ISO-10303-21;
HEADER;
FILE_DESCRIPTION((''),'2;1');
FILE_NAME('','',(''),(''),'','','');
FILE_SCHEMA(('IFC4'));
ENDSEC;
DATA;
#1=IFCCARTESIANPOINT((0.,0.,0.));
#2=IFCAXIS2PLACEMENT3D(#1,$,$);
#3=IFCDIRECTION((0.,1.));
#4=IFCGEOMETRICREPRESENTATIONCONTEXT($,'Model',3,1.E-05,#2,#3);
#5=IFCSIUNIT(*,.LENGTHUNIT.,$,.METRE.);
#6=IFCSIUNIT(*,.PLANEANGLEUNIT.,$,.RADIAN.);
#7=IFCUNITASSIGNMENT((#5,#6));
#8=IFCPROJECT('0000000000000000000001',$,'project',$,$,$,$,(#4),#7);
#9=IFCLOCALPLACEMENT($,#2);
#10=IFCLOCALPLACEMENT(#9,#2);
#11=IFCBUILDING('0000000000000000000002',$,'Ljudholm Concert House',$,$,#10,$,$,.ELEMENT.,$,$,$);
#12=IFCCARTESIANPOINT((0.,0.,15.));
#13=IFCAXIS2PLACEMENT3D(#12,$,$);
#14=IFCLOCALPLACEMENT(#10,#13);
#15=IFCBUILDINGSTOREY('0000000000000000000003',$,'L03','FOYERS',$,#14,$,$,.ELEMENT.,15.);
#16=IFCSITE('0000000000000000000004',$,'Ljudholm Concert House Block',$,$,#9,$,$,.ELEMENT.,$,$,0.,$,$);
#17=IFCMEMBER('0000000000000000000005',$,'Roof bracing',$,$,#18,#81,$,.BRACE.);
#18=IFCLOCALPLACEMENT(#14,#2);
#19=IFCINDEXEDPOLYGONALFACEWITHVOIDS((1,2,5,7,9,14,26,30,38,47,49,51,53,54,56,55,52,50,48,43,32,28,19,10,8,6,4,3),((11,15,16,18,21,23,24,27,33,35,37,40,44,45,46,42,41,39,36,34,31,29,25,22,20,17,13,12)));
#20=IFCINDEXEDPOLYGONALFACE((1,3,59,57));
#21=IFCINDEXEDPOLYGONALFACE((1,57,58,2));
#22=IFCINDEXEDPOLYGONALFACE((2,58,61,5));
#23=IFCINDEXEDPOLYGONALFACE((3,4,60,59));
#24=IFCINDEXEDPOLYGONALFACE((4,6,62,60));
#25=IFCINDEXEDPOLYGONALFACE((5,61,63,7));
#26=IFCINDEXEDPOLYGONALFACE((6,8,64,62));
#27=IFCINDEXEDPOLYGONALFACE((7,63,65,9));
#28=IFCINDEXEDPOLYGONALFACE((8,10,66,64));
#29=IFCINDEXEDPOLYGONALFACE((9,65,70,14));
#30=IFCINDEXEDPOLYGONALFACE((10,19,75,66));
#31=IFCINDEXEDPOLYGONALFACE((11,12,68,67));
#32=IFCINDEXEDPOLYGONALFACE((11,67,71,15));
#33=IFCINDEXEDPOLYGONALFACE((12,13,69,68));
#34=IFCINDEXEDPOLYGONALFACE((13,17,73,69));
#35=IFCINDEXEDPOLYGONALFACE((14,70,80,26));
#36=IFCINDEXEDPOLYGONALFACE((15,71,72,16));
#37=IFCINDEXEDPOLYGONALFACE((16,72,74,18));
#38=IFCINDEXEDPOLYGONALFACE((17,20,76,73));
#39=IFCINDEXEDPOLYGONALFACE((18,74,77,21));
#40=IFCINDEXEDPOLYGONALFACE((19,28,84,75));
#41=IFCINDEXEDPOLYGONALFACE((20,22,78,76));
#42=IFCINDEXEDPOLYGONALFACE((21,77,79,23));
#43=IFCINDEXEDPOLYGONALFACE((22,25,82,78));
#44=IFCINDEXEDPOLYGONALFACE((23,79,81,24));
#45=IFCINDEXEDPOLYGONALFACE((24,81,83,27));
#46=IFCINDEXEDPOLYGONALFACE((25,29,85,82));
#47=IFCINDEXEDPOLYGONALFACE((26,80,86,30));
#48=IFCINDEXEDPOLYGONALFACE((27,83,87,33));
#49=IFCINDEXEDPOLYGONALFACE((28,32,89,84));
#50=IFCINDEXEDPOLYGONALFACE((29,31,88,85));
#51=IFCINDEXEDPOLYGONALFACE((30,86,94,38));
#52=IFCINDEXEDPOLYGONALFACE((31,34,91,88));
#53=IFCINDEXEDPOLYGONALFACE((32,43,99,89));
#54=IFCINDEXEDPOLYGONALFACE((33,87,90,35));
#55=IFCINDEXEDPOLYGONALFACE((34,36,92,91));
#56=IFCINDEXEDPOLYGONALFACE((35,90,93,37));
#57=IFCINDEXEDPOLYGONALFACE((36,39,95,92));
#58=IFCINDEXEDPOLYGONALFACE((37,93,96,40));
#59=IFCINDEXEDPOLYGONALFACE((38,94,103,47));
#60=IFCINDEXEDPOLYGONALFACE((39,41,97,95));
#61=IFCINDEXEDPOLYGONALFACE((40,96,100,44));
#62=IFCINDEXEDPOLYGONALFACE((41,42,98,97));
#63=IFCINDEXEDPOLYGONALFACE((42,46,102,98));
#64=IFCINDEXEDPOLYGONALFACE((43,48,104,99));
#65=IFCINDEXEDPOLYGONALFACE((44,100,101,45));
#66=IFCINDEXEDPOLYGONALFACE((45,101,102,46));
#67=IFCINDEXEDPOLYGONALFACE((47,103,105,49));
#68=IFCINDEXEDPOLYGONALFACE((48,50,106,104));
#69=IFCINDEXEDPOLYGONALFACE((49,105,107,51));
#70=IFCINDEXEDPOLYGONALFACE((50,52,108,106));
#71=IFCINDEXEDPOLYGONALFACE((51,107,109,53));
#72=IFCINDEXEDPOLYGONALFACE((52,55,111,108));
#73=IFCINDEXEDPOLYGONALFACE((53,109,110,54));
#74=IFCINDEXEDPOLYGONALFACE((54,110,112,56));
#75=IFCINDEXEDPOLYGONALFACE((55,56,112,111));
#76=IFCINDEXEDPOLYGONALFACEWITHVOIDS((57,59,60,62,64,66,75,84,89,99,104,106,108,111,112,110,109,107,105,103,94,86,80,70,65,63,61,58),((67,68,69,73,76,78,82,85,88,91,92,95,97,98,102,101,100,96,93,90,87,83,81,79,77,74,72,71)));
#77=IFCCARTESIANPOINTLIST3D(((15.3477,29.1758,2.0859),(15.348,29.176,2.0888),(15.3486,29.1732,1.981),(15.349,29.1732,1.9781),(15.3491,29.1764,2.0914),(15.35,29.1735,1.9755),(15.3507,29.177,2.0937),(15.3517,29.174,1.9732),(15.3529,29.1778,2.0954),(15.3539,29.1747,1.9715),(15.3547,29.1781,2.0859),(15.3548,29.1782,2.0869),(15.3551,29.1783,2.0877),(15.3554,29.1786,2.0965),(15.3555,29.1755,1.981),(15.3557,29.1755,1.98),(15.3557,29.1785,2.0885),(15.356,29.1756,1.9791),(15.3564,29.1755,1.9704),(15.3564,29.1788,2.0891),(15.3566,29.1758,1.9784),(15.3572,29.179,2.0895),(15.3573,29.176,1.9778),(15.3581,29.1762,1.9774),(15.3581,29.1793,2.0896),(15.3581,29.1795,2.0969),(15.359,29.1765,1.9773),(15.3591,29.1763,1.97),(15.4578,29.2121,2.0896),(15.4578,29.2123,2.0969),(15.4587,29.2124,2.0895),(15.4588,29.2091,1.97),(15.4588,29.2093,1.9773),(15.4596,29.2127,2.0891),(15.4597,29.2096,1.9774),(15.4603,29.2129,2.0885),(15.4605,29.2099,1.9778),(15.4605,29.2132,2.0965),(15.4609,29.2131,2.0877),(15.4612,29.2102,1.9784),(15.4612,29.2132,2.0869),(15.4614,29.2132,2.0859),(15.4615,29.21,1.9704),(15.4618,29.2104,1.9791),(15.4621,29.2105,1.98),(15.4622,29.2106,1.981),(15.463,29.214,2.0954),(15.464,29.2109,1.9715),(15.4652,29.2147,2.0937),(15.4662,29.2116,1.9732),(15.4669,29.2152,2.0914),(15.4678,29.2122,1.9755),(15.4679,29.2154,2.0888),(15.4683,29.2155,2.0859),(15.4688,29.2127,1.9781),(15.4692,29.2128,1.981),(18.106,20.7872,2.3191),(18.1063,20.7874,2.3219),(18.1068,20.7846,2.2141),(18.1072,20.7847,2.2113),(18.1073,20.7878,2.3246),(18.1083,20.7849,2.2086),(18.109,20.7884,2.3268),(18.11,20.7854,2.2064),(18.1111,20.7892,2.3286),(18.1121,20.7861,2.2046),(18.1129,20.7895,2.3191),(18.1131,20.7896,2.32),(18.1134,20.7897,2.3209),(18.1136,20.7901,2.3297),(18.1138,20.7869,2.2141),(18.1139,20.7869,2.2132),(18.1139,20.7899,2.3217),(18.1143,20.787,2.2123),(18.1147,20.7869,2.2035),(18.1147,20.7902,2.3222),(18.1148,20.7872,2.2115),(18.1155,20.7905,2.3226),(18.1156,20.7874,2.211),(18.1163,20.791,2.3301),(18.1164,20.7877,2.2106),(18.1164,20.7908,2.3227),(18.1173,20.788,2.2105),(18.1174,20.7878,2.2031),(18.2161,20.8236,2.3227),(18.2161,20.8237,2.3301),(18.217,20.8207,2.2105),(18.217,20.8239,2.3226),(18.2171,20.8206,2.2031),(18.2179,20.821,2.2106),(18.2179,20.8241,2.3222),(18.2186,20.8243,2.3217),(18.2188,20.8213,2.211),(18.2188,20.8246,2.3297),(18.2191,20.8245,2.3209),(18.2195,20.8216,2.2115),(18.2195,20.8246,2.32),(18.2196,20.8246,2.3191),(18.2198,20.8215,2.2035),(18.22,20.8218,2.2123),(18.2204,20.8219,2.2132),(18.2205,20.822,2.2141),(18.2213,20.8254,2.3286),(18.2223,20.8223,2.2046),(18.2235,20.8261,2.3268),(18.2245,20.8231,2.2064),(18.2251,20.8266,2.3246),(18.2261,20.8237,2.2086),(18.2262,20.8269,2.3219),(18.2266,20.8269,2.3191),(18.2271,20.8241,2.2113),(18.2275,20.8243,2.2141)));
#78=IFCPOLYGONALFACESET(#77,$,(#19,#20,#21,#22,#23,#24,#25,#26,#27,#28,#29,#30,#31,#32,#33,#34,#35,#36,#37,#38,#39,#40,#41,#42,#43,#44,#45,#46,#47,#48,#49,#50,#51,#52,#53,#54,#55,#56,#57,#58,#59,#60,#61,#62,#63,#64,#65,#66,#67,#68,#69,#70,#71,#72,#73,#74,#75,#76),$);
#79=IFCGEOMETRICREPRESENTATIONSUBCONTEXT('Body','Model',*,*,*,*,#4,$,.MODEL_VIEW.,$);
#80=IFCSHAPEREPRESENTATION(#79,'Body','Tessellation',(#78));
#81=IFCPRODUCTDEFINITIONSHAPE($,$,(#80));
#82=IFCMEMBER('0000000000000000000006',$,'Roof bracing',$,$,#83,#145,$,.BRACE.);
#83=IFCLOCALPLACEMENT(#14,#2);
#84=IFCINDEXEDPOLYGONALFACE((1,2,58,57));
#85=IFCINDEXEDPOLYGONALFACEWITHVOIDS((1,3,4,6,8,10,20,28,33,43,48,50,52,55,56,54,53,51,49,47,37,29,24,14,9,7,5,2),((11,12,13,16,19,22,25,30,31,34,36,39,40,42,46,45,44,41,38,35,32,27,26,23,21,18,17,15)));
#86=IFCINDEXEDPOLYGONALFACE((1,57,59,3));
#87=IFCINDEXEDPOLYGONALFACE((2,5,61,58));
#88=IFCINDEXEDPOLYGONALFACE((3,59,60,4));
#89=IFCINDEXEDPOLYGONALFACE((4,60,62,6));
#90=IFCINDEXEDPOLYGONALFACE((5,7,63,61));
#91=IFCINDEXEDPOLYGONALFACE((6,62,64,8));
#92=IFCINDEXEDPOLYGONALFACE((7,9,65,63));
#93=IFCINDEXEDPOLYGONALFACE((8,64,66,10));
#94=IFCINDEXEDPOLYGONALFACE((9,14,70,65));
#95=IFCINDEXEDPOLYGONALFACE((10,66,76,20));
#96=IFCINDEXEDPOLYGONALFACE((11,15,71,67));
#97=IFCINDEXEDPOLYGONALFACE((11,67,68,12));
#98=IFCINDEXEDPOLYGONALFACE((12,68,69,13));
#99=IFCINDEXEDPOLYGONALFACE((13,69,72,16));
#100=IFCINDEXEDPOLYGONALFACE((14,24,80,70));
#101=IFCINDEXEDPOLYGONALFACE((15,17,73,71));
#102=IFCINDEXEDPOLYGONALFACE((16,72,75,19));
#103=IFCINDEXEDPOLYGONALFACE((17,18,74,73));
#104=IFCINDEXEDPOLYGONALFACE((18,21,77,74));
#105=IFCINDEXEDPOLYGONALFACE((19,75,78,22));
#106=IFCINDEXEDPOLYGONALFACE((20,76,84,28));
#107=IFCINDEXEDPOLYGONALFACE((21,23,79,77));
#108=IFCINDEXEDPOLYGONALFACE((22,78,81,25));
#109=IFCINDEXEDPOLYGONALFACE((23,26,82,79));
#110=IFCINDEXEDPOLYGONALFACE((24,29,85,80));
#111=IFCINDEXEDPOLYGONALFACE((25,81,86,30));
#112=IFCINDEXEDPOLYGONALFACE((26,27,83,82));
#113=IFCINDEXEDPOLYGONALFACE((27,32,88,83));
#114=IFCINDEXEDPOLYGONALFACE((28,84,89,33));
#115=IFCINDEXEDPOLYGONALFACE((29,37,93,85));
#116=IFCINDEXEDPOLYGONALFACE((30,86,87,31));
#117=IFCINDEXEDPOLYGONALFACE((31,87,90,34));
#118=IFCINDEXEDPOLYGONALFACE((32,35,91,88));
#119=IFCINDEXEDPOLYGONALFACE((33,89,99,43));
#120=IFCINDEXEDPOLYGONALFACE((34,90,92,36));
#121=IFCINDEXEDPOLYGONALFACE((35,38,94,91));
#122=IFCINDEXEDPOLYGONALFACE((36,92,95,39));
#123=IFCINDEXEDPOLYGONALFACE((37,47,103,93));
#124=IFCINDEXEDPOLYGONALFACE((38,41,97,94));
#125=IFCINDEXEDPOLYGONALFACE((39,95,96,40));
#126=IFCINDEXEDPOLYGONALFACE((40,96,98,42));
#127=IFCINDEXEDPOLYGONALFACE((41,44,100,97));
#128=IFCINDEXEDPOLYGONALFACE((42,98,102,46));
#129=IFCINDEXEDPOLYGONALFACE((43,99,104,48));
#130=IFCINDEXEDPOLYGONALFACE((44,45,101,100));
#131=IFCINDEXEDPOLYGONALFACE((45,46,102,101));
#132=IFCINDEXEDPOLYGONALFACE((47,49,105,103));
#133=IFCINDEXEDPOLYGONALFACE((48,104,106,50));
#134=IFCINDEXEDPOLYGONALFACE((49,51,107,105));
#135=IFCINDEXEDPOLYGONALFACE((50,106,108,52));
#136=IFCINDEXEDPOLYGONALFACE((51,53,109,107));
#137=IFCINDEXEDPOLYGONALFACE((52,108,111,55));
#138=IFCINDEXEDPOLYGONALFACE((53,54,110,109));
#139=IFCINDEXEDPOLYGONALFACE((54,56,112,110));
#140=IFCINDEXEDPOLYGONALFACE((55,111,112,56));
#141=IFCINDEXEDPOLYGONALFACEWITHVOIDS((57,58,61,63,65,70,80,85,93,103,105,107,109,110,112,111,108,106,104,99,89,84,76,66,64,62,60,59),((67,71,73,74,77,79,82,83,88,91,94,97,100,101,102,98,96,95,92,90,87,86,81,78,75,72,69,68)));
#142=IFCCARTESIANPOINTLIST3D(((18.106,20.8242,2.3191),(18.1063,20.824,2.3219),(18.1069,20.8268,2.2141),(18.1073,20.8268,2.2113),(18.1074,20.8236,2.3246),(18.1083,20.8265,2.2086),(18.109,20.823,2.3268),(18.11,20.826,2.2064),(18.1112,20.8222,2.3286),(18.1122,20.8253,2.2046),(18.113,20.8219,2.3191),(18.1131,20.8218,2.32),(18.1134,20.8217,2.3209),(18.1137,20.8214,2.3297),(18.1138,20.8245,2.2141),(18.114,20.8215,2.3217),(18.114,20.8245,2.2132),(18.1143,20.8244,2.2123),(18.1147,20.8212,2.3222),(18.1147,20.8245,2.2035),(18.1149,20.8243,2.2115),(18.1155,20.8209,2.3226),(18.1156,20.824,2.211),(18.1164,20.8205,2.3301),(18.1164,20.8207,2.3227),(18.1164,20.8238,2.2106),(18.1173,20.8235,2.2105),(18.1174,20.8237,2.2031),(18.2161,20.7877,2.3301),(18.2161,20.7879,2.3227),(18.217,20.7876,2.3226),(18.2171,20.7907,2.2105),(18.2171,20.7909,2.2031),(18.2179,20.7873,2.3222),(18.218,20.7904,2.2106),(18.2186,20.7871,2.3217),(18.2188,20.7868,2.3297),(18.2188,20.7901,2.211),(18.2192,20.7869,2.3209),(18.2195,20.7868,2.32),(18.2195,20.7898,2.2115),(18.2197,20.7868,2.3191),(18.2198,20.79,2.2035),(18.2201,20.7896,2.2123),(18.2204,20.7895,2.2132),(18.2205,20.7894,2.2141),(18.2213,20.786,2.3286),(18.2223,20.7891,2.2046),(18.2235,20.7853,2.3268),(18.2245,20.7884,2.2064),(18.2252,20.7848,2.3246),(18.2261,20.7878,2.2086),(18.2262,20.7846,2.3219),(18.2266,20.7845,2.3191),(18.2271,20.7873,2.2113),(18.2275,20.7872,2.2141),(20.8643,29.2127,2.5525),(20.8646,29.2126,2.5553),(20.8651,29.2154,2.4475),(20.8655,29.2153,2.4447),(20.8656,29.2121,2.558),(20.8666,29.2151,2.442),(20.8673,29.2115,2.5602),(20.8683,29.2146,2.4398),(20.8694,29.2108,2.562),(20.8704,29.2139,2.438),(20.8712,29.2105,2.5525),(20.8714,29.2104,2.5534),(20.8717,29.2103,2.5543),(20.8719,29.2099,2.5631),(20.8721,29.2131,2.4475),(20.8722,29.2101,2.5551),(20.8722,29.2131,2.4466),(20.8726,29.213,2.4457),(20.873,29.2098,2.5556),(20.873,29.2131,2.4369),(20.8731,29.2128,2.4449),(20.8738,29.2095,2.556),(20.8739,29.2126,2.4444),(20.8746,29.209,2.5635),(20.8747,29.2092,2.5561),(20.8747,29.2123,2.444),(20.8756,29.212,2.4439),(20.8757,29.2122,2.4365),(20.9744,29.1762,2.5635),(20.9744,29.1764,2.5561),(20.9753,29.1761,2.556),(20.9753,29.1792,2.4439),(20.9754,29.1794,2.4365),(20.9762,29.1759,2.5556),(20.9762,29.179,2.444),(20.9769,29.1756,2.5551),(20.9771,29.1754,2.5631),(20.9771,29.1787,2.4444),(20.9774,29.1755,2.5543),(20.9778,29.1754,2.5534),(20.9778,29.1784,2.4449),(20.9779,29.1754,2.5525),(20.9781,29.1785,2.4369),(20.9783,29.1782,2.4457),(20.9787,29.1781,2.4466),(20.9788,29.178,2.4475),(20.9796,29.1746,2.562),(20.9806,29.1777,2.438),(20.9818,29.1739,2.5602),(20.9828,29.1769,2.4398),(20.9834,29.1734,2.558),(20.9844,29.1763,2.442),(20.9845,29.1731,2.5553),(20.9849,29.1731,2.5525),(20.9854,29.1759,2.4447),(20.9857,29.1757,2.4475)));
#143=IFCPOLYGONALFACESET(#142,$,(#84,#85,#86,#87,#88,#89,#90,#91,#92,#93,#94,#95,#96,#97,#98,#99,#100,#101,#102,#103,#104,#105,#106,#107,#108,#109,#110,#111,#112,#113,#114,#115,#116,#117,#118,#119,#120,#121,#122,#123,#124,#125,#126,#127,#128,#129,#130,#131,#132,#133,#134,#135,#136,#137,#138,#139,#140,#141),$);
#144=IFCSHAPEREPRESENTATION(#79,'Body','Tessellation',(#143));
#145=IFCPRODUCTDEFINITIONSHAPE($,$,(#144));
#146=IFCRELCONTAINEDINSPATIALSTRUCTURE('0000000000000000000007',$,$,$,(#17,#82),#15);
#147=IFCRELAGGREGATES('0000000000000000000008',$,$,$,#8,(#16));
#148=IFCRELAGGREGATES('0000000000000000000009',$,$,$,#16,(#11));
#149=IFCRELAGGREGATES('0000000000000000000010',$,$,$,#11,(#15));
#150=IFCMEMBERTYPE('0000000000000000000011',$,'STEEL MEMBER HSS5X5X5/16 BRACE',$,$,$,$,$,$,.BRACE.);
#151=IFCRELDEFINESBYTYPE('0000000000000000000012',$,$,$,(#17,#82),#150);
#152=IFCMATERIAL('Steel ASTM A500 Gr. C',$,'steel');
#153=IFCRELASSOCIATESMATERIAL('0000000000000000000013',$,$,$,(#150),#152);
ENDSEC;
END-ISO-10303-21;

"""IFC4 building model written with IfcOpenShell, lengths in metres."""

from ifc_helpers import new_model, si_unit, direction, frame, origin, origin_2d, place, context, subcontext, project, spatial, hollow_rectangle, extrude, material, material_profile, profile_set, type_object, element, save


model = new_model("IFC4")

# Units and contexts
model_context = context("Model", 3, precision=1e-05, world=origin(), true_north=direction((0.0, 1.0)))
body_context = subcontext(model_context, "Body", "Model", "MODEL_VIEW")
ifc_project = project(units=[si_unit("LENGTHUNIT", "METRE"), si_unit("PLANEANGLEUNIT", "RADIAN")], contexts=[model_context])

# Site, building, storey
site_placement = place(None, origin())
site = spatial("IfcSite", under=ifc_project, at=site_placement, Name="Ljudholm Concert House Block", CompositionType="ELEMENT", RefElevation=0.0)
building_placement = place(site_placement, origin())
building = spatial("IfcBuilding", under=site, at=building_placement, Name="Ljudholm Concert House", CompositionType="ELEMENT")
storey_placement = place(building_placement, frame((0.0, 0.0, 15.0)))
storey = spatial("IfcBuildingStorey", under=building, at=storey_placement, Name="L03", Description="FOYERS", CompositionType="ELEMENT", Elevation=15.0)

# Members
ifc_material_1 = material(Name="Steel ASTM A500 Gr. C", Category="steel")
ifc_material_profile_1 = material_profile(ifc_material_1, hollow_rectangle(XDim=0.127, YDim=0.127, WallThickness=0.0073, InnerFilletRadius=0.0037, OuterFilletRadius=0.011, at=origin_2d()), Name="HSS5X5X5/16")
ifc_profile_set_1 = profile_set([ifc_material_profile_1], Name="Steel ASTM A500 Gr. C")
member_type_1 = type_object("IfcMemberType", Name="STEEL MEMBER HSS5X5X5/16 BRACE", PredefinedType="BRACE", material=ifc_profile_set_1)
for number, where, z_axis, x_axis, name in (
    (1, (15.4084, 29.1943, 2.0334), (0.312251, -0.949633, 0.026394), (0.949964, 0.31236, 0.0), "Roof bracing"),
    (2, (18.1667, 20.8057, 2.2666), (0.312251, 0.949632, 0.026422), (-0.949964, 0.31236, 0.0), "Roof bracing"),
):
    element("IfcMember", number, at=place(storey_placement, frame(where, z_axis=z_axis, x_axis=x_axis)), inside=storey, type_object=member_type_1, Name=name, PredefinedType="BRACE", context=body_context, shape_type="SweptSolid", body=[
        extrude(hollow_rectangle(XDim=0.127, YDim=0.127, WallThickness=0.0073, InnerFilletRadius=0.0037, OuterFilletRadius=0.011, at=origin_2d()), origin(), (0.0, 0.0, 1.0), 8.8335),
    ])

save(model, "model.ifc")
